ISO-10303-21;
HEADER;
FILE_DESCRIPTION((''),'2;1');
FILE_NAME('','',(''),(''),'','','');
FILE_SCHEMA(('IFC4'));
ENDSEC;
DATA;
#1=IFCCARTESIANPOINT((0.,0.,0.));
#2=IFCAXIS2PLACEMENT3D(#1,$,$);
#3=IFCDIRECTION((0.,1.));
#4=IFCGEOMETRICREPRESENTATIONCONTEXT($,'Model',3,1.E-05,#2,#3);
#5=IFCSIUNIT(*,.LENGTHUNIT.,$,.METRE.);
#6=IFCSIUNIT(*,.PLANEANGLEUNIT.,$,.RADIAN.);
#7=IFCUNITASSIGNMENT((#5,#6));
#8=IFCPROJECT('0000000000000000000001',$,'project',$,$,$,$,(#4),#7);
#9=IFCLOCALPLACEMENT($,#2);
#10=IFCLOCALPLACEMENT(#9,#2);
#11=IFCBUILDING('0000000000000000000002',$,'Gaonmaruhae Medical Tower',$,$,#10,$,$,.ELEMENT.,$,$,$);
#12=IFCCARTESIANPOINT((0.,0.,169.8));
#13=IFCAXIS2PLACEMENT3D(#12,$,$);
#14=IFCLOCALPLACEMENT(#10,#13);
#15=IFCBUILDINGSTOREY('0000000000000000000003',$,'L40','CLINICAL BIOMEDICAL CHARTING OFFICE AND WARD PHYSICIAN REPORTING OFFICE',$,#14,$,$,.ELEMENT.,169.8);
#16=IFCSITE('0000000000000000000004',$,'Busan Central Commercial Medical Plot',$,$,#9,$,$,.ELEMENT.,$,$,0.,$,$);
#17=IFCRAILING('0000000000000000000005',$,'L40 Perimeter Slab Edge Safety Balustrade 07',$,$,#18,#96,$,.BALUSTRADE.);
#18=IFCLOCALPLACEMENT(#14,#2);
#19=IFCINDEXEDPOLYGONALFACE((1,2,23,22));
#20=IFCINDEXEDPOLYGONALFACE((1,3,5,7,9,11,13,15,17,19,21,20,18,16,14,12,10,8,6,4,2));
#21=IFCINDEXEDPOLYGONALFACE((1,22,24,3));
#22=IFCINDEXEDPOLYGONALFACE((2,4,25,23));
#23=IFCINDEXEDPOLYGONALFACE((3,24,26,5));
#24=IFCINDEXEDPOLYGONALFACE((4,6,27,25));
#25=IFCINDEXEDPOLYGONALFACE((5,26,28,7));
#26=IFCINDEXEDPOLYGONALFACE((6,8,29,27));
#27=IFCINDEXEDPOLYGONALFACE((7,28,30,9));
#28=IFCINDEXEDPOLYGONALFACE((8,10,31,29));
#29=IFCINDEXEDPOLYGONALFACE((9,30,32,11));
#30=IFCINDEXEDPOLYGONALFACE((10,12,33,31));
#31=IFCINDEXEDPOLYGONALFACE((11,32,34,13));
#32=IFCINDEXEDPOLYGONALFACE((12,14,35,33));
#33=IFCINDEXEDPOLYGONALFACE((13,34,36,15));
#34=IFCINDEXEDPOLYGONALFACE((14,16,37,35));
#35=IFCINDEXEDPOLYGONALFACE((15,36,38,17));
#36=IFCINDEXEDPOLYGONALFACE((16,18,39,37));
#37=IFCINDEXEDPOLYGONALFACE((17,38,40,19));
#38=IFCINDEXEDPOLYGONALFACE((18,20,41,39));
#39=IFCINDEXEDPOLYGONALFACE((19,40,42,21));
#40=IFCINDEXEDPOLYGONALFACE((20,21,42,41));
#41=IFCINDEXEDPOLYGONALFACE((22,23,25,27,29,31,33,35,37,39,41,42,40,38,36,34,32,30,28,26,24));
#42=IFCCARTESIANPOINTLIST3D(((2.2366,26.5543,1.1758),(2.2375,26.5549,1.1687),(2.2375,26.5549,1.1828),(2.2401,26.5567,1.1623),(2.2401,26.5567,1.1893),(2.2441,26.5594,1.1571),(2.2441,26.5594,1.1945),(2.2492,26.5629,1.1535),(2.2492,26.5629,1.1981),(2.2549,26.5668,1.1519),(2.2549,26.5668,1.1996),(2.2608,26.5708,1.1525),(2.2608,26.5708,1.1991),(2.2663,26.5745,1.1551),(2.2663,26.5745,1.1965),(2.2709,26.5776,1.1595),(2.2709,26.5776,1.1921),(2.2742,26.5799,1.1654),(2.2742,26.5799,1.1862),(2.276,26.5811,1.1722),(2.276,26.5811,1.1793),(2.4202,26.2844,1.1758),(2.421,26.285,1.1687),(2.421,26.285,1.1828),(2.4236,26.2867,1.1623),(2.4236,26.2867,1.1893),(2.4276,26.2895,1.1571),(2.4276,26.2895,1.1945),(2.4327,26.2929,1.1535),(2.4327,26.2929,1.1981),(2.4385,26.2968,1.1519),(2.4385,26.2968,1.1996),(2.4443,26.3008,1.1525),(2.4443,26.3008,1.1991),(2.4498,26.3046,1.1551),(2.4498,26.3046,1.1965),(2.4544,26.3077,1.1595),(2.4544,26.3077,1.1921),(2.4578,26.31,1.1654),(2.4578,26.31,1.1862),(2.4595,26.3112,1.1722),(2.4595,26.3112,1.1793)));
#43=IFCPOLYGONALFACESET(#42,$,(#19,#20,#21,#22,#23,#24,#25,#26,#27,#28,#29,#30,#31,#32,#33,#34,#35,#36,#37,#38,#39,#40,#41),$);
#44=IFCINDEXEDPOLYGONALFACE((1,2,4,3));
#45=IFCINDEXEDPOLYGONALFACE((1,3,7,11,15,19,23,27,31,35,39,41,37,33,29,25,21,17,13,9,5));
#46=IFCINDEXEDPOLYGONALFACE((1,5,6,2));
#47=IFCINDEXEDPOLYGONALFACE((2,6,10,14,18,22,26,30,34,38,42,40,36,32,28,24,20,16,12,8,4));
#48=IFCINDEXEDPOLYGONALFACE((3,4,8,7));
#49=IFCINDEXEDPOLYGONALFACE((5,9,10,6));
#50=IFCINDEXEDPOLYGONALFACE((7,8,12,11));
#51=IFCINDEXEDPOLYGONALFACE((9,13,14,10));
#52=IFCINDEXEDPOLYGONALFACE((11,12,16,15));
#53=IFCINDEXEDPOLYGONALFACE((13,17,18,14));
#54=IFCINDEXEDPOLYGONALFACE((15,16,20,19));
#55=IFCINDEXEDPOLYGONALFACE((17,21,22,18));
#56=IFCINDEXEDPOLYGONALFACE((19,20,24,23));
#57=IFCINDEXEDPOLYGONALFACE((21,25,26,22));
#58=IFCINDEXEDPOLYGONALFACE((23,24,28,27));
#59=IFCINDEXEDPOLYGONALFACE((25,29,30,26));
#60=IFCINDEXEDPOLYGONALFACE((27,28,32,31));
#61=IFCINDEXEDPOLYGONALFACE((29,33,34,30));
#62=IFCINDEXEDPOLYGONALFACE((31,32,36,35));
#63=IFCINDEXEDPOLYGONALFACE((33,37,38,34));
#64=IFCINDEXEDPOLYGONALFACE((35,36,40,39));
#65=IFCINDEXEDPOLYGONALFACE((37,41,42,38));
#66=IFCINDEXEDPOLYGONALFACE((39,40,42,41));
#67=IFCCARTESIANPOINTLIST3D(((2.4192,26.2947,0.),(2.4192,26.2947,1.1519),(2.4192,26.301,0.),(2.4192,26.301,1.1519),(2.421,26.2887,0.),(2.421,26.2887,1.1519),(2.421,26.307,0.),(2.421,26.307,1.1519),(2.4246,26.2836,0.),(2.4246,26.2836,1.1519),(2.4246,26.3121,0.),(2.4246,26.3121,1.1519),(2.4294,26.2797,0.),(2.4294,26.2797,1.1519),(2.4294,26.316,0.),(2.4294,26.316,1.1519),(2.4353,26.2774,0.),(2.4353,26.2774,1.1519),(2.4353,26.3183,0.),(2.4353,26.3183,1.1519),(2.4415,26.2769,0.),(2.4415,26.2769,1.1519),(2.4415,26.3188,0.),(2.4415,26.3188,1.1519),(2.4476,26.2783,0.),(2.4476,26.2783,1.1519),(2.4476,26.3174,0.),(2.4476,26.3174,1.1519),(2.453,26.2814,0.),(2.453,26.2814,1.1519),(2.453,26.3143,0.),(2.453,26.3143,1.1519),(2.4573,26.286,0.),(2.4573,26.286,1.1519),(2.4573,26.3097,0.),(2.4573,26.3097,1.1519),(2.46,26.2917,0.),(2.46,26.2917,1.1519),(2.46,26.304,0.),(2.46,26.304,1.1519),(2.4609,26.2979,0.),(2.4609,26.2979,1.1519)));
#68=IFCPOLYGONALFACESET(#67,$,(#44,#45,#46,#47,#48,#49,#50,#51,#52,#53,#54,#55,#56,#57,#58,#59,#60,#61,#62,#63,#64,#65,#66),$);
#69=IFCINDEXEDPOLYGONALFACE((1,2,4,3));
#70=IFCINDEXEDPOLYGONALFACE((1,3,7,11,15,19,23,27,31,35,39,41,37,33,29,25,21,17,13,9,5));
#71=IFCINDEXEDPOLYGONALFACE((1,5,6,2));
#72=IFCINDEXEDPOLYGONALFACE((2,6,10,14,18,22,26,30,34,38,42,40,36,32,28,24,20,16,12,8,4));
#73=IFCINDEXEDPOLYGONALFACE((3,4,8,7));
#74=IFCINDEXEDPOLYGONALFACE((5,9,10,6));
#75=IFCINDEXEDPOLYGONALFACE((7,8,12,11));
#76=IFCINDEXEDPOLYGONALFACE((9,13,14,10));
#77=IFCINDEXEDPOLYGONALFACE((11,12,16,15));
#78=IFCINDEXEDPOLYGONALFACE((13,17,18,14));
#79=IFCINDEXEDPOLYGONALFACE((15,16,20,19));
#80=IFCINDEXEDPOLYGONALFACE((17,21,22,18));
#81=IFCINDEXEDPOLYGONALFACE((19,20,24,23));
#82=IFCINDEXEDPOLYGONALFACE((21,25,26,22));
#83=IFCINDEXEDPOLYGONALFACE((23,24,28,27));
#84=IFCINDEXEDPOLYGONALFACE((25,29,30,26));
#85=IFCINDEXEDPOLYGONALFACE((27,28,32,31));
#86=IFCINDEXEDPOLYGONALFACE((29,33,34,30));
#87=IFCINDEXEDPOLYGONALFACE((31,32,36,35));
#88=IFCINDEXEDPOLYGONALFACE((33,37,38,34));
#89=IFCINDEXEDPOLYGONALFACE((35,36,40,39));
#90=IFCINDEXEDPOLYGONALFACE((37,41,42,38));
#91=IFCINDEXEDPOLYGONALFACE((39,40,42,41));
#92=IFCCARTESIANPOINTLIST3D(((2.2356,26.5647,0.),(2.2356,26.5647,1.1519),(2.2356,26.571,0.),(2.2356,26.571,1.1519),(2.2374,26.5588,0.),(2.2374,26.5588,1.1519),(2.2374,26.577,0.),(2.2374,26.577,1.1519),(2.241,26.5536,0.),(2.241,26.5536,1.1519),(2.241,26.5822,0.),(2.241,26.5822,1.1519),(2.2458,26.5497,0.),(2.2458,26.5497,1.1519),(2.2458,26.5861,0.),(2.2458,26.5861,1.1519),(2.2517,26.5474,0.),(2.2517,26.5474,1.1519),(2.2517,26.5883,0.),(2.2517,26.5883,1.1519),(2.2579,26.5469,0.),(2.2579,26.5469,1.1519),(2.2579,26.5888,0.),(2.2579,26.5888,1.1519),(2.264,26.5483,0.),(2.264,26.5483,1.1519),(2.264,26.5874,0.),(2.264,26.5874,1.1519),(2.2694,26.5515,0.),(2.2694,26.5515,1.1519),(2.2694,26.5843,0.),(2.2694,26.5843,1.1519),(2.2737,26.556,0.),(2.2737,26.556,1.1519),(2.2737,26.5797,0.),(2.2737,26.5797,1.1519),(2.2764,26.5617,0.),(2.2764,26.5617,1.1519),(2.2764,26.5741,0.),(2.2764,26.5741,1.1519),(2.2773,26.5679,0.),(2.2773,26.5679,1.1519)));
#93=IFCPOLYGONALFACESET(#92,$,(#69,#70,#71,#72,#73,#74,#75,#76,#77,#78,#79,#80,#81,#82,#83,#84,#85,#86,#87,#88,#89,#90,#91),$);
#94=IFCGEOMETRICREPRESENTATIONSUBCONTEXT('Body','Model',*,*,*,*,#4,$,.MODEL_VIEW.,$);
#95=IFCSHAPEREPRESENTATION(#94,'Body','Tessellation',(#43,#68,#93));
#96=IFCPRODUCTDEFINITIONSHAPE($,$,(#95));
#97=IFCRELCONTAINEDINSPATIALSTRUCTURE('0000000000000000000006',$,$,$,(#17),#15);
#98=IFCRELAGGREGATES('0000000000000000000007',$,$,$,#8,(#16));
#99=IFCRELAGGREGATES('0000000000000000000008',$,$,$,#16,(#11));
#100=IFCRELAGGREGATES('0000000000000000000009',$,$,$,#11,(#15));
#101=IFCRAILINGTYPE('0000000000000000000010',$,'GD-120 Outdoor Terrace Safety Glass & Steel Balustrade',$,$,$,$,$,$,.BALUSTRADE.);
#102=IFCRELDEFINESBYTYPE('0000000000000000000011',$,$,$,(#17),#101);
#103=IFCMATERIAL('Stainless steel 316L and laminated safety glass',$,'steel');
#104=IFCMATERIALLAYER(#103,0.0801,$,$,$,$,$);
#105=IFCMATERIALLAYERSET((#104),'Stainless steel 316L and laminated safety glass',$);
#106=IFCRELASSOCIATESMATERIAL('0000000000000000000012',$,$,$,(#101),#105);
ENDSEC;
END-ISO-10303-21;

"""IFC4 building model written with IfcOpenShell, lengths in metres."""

from ifc_helpers import new_model, si_unit, direction, frame, origin, origin_2d, place, context, subcontext, project, spatial, circle, extrude, material, layer, layer_set, type_object, element, save


model = new_model("IFC4")

# Units and contexts
model_context = context("Model", 3, precision=1e-05, world=origin(), true_north=direction((0.0, 1.0)))
body_context = subcontext(model_context, "Body", "Model", "MODEL_VIEW")
ifc_project = project(units=[si_unit("LENGTHUNIT", "METRE"), si_unit("PLANEANGLEUNIT", "RADIAN")], contexts=[model_context])

# Site, building, storey
site_placement = place(None, origin())
site = spatial("IfcSite", under=ifc_project, at=site_placement, Name="Busan Central Commercial Medical Plot", CompositionType="ELEMENT", RefElevation=0.0)
building_placement = place(site_placement, origin())
building = spatial("IfcBuilding", under=site, at=building_placement, Name="Gaonmaruhae Medical Tower", CompositionType="ELEMENT")
storey_placement = place(building_placement, frame((0.0, 0.0, 169.8)))
storey = spatial("IfcBuildingStorey", under=building, at=storey_placement, Name="L40", Description="CLINICAL BIOMEDICAL CHARTING OFFICE AND WARD PHYSICIAN REPORTING OFFICE", CompositionType="ELEMENT", Elevation=169.8)

# Railing
ifc_material_1 = material(Name="Stainless steel 316L and laminated safety glass", Category="steel")
ifc_layer_1 = layer(ifc_material_1, 0.0801)
ifc_layer_set_1 = layer_set([ifc_layer_1], Name="Stainless steel 316L and laminated safety glass")
railing_type = type_object("IfcRailingType", Name="GD-120 Outdoor Terrace Safety Glass & Steel Balustrade", PredefinedType="BALUSTRADE", material=ifc_layer_set_1)
railing_1_placement = place(storey_placement, frame((2.4399, 26.2979, 0.0)))
element("IfcRailing", 1, at=railing_1_placement, inside=storey, type_object=railing_type, Name="L40 Perimeter Slab Edge Safety Balustrade 07", PredefinedType="BALUSTRADE", context=body_context, shape_type="SweptSolid", body=[
    extrude(circle(Radius=0.0239, at=origin_2d()), frame((0.0, 0.0, 1.1758), z_axis=(-0.562269, 0.826954, 0.0), x_axis=(-0.826954, -0.562269, 0.0)), (0.0, 0.0, 1.0), 0.3264),
    extrude(circle(Radius=0.021, at=origin_2d()), origin(), (0.0, 0.0, 1.0), 1.1519),
    extrude(circle(Radius=0.021, at=origin_2d()), frame((-0.1836, 0.27, 0.0)), (0.0, 0.0, 1.0), 1.1519),
])

save(model, "model.ifc")
